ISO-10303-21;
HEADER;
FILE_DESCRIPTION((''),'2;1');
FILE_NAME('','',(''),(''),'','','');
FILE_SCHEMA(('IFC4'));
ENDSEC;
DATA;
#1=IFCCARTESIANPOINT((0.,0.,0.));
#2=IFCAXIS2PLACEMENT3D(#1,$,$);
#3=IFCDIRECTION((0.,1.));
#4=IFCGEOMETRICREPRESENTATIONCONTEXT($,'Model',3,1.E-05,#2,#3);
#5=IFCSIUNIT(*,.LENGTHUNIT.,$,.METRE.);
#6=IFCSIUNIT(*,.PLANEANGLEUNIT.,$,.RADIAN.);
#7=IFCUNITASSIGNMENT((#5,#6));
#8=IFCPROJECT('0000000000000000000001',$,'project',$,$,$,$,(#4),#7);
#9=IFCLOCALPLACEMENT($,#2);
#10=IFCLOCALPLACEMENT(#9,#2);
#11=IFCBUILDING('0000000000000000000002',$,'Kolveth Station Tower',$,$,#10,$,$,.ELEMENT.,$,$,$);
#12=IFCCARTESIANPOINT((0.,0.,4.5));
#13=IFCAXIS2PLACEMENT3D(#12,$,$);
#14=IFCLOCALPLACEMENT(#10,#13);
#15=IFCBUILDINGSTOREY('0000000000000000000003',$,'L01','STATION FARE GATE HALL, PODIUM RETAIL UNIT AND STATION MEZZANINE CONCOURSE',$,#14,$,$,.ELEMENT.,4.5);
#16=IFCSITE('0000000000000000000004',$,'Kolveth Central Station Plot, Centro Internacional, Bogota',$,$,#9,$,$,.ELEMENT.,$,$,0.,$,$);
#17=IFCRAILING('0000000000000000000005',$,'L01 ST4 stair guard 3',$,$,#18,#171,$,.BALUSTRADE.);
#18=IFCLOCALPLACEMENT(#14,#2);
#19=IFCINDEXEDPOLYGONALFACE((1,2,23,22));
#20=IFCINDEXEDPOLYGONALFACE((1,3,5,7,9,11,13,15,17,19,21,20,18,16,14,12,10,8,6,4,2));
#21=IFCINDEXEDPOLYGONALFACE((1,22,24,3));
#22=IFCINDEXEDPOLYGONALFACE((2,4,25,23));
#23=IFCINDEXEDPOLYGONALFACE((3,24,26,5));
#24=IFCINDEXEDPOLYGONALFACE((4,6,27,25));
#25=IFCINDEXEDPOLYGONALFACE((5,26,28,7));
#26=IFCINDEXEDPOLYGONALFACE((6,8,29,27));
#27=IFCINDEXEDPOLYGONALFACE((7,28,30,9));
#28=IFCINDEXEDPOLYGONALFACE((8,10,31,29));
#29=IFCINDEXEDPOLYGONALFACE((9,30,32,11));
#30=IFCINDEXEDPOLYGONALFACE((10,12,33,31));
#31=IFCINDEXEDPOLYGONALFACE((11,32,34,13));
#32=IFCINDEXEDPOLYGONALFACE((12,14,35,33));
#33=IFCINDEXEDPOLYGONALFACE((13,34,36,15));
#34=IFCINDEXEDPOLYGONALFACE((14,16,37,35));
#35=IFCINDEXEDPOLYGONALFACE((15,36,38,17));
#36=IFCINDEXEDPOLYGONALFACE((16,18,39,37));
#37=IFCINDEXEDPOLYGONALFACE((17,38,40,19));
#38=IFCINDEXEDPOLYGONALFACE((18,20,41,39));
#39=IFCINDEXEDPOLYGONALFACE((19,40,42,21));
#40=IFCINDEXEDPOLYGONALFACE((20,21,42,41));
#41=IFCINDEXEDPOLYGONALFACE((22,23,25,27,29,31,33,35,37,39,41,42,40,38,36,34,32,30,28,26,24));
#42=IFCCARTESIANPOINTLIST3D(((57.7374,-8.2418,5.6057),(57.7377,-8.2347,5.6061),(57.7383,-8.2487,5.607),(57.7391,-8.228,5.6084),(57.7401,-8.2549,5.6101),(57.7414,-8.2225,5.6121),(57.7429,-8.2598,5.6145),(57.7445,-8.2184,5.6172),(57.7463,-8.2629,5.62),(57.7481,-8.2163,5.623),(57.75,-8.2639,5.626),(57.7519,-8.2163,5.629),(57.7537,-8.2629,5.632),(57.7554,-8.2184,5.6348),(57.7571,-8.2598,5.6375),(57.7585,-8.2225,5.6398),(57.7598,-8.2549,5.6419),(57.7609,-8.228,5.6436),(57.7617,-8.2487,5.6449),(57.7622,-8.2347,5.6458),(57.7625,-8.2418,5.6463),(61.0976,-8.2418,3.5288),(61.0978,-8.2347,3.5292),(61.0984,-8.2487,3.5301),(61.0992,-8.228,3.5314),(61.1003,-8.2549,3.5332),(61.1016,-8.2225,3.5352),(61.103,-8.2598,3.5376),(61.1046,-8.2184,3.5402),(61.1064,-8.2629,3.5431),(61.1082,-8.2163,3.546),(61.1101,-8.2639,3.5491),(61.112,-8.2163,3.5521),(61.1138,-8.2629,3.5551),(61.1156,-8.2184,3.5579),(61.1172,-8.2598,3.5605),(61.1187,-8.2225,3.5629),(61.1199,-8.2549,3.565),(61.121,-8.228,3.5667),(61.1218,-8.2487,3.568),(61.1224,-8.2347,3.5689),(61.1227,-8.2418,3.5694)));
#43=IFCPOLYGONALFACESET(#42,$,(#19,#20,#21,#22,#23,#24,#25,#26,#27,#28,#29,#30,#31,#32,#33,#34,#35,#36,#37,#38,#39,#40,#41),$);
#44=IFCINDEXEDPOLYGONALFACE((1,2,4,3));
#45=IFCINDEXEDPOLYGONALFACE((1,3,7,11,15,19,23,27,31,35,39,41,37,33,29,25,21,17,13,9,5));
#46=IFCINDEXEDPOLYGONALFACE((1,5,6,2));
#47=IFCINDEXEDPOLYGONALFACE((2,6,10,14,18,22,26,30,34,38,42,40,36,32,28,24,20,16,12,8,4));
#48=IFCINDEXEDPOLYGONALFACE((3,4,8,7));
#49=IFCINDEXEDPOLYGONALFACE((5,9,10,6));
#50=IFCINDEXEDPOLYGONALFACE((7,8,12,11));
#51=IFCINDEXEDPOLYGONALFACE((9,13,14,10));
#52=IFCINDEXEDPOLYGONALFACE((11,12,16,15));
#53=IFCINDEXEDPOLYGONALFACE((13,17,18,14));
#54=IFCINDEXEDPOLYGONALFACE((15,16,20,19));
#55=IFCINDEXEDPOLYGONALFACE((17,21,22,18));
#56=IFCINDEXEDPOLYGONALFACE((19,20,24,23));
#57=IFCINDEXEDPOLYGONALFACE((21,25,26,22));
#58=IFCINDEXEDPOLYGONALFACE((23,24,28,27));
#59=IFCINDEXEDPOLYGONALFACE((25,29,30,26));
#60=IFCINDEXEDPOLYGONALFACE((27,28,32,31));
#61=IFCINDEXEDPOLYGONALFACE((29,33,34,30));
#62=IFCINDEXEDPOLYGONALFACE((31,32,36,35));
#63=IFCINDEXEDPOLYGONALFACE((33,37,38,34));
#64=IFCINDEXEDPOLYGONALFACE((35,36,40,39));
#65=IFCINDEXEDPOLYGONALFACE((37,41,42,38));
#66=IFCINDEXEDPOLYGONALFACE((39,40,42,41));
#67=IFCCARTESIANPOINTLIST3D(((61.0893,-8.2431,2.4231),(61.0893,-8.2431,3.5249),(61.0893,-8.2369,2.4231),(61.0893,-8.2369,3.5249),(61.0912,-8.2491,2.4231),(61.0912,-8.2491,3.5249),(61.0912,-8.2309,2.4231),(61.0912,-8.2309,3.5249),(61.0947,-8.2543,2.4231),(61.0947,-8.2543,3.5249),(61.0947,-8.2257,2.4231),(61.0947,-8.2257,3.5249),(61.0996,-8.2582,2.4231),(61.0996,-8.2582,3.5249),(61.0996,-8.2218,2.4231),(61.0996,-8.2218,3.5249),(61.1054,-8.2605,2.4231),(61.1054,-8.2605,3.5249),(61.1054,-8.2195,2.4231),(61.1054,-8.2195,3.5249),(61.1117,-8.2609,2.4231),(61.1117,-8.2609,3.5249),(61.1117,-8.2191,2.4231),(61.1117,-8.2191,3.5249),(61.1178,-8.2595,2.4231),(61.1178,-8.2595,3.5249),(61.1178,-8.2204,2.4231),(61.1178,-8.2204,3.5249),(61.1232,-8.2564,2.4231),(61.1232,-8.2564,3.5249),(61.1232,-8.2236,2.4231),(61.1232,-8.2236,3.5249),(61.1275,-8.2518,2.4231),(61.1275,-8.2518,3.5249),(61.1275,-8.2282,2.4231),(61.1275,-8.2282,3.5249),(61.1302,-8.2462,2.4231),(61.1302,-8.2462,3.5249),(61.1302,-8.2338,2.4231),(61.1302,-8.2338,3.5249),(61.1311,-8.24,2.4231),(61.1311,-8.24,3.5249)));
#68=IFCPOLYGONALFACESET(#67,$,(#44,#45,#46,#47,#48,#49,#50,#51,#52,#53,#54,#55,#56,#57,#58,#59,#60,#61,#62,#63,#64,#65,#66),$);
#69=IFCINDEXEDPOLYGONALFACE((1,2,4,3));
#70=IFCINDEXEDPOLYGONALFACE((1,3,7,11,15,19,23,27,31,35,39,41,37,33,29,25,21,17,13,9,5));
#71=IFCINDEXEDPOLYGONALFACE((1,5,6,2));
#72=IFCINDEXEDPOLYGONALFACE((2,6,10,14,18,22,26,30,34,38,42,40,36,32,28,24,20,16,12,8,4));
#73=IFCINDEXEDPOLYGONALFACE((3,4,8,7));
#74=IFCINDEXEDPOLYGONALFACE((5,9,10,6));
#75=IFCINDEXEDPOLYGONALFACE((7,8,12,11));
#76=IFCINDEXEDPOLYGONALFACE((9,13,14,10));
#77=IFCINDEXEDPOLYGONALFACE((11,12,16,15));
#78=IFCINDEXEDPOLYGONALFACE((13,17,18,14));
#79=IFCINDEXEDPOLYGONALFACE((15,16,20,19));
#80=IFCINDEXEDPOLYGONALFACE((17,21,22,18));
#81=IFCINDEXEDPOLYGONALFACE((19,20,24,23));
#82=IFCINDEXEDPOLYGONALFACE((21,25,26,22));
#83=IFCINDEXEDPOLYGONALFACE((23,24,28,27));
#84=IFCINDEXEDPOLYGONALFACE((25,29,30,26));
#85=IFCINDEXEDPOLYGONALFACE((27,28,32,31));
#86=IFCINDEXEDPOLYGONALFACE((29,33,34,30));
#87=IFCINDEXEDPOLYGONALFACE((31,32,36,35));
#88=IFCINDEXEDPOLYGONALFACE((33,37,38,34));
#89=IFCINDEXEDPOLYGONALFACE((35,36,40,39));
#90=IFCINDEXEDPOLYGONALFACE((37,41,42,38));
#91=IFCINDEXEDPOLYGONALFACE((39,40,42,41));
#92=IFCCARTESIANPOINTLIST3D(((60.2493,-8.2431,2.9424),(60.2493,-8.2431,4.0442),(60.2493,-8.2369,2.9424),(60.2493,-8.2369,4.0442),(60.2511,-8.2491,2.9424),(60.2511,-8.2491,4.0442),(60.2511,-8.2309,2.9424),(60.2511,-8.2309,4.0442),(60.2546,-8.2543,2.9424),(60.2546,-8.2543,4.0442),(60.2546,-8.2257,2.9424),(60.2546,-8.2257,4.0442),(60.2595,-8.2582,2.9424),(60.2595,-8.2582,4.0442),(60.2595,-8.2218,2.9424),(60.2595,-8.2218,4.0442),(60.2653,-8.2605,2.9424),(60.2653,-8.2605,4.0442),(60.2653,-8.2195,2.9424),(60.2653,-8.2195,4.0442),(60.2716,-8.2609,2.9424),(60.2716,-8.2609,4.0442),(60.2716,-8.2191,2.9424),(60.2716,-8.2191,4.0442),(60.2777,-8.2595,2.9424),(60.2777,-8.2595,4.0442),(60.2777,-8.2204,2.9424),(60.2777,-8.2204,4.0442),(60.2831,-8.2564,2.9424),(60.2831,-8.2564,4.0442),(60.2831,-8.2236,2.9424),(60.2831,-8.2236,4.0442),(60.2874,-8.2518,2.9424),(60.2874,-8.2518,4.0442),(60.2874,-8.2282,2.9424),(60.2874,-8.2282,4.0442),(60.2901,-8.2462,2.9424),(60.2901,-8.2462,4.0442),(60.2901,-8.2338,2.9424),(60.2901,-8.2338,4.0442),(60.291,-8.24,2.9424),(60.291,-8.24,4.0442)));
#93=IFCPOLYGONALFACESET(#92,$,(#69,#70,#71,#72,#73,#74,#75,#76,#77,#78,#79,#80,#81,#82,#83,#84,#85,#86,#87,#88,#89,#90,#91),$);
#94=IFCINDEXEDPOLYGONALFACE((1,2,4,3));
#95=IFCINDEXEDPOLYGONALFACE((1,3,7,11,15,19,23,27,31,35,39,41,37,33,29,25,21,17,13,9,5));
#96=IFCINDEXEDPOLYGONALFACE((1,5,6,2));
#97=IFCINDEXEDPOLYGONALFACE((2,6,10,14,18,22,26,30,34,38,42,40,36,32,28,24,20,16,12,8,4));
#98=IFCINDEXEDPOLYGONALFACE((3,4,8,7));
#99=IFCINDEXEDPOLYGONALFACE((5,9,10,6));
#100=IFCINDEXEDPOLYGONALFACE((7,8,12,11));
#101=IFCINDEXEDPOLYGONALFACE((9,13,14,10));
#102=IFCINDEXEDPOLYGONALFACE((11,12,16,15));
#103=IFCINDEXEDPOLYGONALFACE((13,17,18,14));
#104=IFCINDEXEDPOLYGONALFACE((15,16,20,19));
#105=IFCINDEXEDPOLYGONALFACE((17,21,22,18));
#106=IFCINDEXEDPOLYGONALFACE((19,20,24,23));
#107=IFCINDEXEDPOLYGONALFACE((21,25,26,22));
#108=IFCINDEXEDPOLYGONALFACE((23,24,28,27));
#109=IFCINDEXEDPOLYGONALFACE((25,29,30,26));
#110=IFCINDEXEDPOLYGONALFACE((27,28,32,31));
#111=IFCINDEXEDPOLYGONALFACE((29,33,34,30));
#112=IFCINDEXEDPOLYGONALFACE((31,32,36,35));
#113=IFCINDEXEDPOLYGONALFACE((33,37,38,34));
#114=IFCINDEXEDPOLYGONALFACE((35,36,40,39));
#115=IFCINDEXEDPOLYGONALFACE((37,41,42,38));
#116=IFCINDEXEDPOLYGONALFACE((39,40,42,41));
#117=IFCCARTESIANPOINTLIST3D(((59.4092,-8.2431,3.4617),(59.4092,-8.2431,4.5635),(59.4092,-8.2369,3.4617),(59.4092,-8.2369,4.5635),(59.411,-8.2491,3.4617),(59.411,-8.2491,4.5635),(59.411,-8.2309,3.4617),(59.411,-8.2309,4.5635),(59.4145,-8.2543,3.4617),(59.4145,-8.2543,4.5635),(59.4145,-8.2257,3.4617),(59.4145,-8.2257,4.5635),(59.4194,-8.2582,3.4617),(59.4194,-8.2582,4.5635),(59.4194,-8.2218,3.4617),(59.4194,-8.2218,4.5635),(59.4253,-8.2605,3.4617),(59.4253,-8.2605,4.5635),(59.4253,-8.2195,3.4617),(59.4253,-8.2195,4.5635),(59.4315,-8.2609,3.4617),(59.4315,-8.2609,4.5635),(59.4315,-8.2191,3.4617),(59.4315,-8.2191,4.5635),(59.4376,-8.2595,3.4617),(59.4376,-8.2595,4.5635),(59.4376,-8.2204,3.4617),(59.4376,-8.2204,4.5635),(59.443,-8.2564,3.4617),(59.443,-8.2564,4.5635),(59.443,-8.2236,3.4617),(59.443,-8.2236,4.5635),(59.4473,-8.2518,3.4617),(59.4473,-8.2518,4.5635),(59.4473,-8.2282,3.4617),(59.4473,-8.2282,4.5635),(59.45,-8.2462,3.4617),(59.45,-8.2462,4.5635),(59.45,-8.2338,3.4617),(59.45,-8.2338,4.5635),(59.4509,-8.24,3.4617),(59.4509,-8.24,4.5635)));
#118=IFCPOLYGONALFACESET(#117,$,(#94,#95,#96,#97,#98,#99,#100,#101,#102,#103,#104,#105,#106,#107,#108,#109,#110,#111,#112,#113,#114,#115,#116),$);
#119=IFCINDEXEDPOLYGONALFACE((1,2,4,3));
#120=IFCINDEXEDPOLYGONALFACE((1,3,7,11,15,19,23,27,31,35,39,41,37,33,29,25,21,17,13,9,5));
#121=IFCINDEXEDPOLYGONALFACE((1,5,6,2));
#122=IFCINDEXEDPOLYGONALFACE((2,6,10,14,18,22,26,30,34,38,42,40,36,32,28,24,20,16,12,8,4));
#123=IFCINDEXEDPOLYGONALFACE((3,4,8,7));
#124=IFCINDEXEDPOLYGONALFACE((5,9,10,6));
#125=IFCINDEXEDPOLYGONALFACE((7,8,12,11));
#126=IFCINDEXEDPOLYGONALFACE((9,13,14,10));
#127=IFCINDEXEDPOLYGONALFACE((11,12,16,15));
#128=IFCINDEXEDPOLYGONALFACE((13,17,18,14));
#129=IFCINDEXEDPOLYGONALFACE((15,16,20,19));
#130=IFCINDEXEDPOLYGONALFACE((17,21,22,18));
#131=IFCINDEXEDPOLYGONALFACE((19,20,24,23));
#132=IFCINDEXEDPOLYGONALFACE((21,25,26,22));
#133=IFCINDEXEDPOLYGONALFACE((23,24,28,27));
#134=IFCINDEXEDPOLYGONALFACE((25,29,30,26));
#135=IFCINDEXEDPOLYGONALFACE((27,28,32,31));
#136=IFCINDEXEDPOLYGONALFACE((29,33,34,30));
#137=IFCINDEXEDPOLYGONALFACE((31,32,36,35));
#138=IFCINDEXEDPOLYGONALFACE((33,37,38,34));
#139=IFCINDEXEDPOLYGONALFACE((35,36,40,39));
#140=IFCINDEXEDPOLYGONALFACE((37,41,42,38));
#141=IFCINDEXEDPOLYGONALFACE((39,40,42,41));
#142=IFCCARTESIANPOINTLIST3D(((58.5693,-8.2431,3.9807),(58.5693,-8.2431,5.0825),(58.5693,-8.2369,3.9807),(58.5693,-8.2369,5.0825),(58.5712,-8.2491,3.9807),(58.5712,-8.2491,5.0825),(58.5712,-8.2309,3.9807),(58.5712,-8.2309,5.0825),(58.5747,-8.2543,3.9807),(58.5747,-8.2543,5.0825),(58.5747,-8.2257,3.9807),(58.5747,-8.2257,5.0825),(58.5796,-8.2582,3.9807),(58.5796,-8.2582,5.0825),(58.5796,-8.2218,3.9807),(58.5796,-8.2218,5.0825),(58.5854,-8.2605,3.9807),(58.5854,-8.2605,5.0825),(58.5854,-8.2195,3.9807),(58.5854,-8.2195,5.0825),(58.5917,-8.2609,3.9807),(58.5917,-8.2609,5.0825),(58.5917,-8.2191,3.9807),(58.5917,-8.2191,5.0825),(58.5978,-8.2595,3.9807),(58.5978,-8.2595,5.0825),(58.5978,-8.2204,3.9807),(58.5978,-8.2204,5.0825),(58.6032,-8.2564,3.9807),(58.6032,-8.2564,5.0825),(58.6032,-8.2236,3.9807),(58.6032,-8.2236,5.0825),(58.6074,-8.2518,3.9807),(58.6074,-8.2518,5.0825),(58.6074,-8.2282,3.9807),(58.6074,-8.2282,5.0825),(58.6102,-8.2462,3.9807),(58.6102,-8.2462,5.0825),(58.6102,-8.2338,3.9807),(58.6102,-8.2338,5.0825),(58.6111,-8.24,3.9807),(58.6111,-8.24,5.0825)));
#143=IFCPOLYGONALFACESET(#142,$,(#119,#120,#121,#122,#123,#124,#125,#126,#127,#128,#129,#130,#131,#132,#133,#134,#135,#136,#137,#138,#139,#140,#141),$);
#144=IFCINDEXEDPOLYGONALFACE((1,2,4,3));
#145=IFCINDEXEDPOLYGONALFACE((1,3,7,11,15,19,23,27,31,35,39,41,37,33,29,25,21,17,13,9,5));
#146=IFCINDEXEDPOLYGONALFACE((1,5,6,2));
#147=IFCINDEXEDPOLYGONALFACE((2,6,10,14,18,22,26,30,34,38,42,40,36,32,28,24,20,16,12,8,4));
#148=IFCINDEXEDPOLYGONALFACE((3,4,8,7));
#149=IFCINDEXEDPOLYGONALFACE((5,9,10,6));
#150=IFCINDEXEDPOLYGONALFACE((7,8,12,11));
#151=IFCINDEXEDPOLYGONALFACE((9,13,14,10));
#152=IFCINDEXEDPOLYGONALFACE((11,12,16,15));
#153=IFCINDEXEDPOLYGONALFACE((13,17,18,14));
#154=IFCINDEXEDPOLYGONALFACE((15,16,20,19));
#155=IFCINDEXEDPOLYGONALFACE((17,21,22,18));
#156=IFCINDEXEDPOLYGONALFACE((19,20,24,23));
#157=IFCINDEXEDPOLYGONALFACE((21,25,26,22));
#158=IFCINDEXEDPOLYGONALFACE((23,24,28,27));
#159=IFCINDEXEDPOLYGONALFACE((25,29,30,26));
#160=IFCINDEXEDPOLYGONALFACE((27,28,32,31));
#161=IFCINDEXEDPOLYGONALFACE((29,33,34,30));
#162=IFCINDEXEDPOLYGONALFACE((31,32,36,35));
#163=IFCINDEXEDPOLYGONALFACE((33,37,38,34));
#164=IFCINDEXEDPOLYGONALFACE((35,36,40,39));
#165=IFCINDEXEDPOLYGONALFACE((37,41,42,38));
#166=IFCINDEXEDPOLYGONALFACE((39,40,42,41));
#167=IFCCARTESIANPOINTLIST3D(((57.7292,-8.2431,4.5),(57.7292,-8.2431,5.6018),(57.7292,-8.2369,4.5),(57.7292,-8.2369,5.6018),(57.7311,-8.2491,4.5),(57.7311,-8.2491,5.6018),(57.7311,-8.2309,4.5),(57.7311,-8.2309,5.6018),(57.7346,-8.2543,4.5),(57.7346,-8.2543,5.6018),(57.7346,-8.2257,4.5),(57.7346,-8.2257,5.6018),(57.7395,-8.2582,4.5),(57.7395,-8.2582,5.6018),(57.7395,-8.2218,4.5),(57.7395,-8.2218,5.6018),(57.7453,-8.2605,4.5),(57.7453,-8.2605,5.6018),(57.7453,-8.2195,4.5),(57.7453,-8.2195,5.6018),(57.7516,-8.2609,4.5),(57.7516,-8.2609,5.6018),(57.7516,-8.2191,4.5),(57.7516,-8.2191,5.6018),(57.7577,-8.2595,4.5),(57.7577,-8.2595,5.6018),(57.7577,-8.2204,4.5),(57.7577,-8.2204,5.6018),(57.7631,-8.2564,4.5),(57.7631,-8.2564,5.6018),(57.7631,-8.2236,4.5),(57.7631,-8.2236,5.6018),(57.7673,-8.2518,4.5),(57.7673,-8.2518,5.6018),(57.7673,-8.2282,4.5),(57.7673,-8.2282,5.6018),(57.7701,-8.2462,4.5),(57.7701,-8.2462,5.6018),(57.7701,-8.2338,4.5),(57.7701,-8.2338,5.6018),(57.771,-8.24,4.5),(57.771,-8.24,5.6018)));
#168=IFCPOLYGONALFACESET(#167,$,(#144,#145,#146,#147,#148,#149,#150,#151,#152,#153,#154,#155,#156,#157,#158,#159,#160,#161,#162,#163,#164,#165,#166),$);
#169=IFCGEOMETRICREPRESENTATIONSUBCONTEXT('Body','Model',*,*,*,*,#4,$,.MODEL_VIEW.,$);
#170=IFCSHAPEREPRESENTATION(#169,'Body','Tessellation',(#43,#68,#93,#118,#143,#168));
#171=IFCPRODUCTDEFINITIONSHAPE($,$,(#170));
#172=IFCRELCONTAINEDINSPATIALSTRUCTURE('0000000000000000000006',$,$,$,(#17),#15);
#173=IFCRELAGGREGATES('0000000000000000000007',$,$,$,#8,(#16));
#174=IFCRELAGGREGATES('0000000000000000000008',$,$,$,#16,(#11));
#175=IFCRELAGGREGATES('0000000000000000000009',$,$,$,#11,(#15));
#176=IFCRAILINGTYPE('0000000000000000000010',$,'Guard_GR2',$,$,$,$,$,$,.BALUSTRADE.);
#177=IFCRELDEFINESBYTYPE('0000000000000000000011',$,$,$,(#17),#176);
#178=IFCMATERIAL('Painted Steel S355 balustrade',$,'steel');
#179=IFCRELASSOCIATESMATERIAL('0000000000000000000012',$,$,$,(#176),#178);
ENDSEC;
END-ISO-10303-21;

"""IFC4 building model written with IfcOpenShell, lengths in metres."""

from ifc_helpers import new_model, si_unit, direction, frame, origin, origin_2d, place, context, subcontext, project, spatial, circle, extrude, material, type_object, element, save


model = new_model("IFC4")

# Units and contexts
model_context = context("Model", 3, precision=1e-05, world=origin(), true_north=direction((0.0, 1.0)))
body_context = subcontext(model_context, "Body", "Model", "MODEL_VIEW")
ifc_project = project(units=[si_unit("LENGTHUNIT", "METRE"), si_unit("PLANEANGLEUNIT", "RADIAN")], contexts=[model_context])

# Site, building, storey
site_placement = place(None, origin())
site = spatial("IfcSite", under=ifc_project, at=site_placement, Name="Kolveth Central Station Plot, Centro Internacional, Bogota", CompositionType="ELEMENT", RefElevation=0.0)
building_placement = place(site_placement, origin())
building = spatial("IfcBuilding", under=site, at=building_placement, Name="Kolveth Station Tower", CompositionType="ELEMENT")
storey_placement = place(building_placement, frame((0.0, 0.0, 4.5)))
storey = spatial("IfcBuildingStorey", under=building, at=storey_placement, Name="L01", Description="STATION FARE GATE HALL, PODIUM RETAIL UNIT AND STATION MEZZANINE CONCOURSE", CompositionType="ELEMENT", Elevation=4.5)

# Railing
ifc_material_1 = material(Name="Painted Steel S355 balustrade", Category="steel")
railing_type_1 = type_object("IfcRailingType", Name="Guard_GR2", PredefinedType="BALUSTRADE", material=ifc_material_1)
railing_1_placement = place(storey_placement, frame((61.1101, -8.24, 2.4231)))
element("IfcRailing", 1, at=railing_1_placement, inside=storey, type_object=railing_type_1, Name="L01 ST4 stair guard 3", PredefinedType="BALUSTRADE", context=body_context, shape_type="SweptSolid", body=[
    extrude(circle(Radius=0.0239, at=origin_2d()), frame((0.0, 0.0, 1.126), z_axis=(-0.850623, 0.0, 0.525776), x_axis=(0.0, -1.0, 0.0)), (0.0, 0.0, 1.0), 3.9502),
    extrude(circle(Radius=0.021, at=origin_2d()), origin(), (0.0, 0.0, 1.0), 1.1018),
    extrude(circle(Radius=0.021, at=origin_2d()), frame((-0.8401, 0.0, 0.5193)), (0.0, 0.0, 1.0), 1.1018),
    extrude(circle(Radius=0.021, at=origin_2d()), frame((-1.6802, 0.0, 1.0386)), (0.0, 0.0, 1.0), 1.1018),
    extrude(circle(Radius=0.021, at=origin_2d()), frame((-2.52, 0.0, 1.5576)), (0.0, 0.0, 1.0), 1.1018),
    extrude(circle(Radius=0.021, at=origin_2d()), frame((-3.3601, 0.0, 2.0769)), (0.0, 0.0, 1.0), 1.1018),
])

save(model, "model.ifc")
